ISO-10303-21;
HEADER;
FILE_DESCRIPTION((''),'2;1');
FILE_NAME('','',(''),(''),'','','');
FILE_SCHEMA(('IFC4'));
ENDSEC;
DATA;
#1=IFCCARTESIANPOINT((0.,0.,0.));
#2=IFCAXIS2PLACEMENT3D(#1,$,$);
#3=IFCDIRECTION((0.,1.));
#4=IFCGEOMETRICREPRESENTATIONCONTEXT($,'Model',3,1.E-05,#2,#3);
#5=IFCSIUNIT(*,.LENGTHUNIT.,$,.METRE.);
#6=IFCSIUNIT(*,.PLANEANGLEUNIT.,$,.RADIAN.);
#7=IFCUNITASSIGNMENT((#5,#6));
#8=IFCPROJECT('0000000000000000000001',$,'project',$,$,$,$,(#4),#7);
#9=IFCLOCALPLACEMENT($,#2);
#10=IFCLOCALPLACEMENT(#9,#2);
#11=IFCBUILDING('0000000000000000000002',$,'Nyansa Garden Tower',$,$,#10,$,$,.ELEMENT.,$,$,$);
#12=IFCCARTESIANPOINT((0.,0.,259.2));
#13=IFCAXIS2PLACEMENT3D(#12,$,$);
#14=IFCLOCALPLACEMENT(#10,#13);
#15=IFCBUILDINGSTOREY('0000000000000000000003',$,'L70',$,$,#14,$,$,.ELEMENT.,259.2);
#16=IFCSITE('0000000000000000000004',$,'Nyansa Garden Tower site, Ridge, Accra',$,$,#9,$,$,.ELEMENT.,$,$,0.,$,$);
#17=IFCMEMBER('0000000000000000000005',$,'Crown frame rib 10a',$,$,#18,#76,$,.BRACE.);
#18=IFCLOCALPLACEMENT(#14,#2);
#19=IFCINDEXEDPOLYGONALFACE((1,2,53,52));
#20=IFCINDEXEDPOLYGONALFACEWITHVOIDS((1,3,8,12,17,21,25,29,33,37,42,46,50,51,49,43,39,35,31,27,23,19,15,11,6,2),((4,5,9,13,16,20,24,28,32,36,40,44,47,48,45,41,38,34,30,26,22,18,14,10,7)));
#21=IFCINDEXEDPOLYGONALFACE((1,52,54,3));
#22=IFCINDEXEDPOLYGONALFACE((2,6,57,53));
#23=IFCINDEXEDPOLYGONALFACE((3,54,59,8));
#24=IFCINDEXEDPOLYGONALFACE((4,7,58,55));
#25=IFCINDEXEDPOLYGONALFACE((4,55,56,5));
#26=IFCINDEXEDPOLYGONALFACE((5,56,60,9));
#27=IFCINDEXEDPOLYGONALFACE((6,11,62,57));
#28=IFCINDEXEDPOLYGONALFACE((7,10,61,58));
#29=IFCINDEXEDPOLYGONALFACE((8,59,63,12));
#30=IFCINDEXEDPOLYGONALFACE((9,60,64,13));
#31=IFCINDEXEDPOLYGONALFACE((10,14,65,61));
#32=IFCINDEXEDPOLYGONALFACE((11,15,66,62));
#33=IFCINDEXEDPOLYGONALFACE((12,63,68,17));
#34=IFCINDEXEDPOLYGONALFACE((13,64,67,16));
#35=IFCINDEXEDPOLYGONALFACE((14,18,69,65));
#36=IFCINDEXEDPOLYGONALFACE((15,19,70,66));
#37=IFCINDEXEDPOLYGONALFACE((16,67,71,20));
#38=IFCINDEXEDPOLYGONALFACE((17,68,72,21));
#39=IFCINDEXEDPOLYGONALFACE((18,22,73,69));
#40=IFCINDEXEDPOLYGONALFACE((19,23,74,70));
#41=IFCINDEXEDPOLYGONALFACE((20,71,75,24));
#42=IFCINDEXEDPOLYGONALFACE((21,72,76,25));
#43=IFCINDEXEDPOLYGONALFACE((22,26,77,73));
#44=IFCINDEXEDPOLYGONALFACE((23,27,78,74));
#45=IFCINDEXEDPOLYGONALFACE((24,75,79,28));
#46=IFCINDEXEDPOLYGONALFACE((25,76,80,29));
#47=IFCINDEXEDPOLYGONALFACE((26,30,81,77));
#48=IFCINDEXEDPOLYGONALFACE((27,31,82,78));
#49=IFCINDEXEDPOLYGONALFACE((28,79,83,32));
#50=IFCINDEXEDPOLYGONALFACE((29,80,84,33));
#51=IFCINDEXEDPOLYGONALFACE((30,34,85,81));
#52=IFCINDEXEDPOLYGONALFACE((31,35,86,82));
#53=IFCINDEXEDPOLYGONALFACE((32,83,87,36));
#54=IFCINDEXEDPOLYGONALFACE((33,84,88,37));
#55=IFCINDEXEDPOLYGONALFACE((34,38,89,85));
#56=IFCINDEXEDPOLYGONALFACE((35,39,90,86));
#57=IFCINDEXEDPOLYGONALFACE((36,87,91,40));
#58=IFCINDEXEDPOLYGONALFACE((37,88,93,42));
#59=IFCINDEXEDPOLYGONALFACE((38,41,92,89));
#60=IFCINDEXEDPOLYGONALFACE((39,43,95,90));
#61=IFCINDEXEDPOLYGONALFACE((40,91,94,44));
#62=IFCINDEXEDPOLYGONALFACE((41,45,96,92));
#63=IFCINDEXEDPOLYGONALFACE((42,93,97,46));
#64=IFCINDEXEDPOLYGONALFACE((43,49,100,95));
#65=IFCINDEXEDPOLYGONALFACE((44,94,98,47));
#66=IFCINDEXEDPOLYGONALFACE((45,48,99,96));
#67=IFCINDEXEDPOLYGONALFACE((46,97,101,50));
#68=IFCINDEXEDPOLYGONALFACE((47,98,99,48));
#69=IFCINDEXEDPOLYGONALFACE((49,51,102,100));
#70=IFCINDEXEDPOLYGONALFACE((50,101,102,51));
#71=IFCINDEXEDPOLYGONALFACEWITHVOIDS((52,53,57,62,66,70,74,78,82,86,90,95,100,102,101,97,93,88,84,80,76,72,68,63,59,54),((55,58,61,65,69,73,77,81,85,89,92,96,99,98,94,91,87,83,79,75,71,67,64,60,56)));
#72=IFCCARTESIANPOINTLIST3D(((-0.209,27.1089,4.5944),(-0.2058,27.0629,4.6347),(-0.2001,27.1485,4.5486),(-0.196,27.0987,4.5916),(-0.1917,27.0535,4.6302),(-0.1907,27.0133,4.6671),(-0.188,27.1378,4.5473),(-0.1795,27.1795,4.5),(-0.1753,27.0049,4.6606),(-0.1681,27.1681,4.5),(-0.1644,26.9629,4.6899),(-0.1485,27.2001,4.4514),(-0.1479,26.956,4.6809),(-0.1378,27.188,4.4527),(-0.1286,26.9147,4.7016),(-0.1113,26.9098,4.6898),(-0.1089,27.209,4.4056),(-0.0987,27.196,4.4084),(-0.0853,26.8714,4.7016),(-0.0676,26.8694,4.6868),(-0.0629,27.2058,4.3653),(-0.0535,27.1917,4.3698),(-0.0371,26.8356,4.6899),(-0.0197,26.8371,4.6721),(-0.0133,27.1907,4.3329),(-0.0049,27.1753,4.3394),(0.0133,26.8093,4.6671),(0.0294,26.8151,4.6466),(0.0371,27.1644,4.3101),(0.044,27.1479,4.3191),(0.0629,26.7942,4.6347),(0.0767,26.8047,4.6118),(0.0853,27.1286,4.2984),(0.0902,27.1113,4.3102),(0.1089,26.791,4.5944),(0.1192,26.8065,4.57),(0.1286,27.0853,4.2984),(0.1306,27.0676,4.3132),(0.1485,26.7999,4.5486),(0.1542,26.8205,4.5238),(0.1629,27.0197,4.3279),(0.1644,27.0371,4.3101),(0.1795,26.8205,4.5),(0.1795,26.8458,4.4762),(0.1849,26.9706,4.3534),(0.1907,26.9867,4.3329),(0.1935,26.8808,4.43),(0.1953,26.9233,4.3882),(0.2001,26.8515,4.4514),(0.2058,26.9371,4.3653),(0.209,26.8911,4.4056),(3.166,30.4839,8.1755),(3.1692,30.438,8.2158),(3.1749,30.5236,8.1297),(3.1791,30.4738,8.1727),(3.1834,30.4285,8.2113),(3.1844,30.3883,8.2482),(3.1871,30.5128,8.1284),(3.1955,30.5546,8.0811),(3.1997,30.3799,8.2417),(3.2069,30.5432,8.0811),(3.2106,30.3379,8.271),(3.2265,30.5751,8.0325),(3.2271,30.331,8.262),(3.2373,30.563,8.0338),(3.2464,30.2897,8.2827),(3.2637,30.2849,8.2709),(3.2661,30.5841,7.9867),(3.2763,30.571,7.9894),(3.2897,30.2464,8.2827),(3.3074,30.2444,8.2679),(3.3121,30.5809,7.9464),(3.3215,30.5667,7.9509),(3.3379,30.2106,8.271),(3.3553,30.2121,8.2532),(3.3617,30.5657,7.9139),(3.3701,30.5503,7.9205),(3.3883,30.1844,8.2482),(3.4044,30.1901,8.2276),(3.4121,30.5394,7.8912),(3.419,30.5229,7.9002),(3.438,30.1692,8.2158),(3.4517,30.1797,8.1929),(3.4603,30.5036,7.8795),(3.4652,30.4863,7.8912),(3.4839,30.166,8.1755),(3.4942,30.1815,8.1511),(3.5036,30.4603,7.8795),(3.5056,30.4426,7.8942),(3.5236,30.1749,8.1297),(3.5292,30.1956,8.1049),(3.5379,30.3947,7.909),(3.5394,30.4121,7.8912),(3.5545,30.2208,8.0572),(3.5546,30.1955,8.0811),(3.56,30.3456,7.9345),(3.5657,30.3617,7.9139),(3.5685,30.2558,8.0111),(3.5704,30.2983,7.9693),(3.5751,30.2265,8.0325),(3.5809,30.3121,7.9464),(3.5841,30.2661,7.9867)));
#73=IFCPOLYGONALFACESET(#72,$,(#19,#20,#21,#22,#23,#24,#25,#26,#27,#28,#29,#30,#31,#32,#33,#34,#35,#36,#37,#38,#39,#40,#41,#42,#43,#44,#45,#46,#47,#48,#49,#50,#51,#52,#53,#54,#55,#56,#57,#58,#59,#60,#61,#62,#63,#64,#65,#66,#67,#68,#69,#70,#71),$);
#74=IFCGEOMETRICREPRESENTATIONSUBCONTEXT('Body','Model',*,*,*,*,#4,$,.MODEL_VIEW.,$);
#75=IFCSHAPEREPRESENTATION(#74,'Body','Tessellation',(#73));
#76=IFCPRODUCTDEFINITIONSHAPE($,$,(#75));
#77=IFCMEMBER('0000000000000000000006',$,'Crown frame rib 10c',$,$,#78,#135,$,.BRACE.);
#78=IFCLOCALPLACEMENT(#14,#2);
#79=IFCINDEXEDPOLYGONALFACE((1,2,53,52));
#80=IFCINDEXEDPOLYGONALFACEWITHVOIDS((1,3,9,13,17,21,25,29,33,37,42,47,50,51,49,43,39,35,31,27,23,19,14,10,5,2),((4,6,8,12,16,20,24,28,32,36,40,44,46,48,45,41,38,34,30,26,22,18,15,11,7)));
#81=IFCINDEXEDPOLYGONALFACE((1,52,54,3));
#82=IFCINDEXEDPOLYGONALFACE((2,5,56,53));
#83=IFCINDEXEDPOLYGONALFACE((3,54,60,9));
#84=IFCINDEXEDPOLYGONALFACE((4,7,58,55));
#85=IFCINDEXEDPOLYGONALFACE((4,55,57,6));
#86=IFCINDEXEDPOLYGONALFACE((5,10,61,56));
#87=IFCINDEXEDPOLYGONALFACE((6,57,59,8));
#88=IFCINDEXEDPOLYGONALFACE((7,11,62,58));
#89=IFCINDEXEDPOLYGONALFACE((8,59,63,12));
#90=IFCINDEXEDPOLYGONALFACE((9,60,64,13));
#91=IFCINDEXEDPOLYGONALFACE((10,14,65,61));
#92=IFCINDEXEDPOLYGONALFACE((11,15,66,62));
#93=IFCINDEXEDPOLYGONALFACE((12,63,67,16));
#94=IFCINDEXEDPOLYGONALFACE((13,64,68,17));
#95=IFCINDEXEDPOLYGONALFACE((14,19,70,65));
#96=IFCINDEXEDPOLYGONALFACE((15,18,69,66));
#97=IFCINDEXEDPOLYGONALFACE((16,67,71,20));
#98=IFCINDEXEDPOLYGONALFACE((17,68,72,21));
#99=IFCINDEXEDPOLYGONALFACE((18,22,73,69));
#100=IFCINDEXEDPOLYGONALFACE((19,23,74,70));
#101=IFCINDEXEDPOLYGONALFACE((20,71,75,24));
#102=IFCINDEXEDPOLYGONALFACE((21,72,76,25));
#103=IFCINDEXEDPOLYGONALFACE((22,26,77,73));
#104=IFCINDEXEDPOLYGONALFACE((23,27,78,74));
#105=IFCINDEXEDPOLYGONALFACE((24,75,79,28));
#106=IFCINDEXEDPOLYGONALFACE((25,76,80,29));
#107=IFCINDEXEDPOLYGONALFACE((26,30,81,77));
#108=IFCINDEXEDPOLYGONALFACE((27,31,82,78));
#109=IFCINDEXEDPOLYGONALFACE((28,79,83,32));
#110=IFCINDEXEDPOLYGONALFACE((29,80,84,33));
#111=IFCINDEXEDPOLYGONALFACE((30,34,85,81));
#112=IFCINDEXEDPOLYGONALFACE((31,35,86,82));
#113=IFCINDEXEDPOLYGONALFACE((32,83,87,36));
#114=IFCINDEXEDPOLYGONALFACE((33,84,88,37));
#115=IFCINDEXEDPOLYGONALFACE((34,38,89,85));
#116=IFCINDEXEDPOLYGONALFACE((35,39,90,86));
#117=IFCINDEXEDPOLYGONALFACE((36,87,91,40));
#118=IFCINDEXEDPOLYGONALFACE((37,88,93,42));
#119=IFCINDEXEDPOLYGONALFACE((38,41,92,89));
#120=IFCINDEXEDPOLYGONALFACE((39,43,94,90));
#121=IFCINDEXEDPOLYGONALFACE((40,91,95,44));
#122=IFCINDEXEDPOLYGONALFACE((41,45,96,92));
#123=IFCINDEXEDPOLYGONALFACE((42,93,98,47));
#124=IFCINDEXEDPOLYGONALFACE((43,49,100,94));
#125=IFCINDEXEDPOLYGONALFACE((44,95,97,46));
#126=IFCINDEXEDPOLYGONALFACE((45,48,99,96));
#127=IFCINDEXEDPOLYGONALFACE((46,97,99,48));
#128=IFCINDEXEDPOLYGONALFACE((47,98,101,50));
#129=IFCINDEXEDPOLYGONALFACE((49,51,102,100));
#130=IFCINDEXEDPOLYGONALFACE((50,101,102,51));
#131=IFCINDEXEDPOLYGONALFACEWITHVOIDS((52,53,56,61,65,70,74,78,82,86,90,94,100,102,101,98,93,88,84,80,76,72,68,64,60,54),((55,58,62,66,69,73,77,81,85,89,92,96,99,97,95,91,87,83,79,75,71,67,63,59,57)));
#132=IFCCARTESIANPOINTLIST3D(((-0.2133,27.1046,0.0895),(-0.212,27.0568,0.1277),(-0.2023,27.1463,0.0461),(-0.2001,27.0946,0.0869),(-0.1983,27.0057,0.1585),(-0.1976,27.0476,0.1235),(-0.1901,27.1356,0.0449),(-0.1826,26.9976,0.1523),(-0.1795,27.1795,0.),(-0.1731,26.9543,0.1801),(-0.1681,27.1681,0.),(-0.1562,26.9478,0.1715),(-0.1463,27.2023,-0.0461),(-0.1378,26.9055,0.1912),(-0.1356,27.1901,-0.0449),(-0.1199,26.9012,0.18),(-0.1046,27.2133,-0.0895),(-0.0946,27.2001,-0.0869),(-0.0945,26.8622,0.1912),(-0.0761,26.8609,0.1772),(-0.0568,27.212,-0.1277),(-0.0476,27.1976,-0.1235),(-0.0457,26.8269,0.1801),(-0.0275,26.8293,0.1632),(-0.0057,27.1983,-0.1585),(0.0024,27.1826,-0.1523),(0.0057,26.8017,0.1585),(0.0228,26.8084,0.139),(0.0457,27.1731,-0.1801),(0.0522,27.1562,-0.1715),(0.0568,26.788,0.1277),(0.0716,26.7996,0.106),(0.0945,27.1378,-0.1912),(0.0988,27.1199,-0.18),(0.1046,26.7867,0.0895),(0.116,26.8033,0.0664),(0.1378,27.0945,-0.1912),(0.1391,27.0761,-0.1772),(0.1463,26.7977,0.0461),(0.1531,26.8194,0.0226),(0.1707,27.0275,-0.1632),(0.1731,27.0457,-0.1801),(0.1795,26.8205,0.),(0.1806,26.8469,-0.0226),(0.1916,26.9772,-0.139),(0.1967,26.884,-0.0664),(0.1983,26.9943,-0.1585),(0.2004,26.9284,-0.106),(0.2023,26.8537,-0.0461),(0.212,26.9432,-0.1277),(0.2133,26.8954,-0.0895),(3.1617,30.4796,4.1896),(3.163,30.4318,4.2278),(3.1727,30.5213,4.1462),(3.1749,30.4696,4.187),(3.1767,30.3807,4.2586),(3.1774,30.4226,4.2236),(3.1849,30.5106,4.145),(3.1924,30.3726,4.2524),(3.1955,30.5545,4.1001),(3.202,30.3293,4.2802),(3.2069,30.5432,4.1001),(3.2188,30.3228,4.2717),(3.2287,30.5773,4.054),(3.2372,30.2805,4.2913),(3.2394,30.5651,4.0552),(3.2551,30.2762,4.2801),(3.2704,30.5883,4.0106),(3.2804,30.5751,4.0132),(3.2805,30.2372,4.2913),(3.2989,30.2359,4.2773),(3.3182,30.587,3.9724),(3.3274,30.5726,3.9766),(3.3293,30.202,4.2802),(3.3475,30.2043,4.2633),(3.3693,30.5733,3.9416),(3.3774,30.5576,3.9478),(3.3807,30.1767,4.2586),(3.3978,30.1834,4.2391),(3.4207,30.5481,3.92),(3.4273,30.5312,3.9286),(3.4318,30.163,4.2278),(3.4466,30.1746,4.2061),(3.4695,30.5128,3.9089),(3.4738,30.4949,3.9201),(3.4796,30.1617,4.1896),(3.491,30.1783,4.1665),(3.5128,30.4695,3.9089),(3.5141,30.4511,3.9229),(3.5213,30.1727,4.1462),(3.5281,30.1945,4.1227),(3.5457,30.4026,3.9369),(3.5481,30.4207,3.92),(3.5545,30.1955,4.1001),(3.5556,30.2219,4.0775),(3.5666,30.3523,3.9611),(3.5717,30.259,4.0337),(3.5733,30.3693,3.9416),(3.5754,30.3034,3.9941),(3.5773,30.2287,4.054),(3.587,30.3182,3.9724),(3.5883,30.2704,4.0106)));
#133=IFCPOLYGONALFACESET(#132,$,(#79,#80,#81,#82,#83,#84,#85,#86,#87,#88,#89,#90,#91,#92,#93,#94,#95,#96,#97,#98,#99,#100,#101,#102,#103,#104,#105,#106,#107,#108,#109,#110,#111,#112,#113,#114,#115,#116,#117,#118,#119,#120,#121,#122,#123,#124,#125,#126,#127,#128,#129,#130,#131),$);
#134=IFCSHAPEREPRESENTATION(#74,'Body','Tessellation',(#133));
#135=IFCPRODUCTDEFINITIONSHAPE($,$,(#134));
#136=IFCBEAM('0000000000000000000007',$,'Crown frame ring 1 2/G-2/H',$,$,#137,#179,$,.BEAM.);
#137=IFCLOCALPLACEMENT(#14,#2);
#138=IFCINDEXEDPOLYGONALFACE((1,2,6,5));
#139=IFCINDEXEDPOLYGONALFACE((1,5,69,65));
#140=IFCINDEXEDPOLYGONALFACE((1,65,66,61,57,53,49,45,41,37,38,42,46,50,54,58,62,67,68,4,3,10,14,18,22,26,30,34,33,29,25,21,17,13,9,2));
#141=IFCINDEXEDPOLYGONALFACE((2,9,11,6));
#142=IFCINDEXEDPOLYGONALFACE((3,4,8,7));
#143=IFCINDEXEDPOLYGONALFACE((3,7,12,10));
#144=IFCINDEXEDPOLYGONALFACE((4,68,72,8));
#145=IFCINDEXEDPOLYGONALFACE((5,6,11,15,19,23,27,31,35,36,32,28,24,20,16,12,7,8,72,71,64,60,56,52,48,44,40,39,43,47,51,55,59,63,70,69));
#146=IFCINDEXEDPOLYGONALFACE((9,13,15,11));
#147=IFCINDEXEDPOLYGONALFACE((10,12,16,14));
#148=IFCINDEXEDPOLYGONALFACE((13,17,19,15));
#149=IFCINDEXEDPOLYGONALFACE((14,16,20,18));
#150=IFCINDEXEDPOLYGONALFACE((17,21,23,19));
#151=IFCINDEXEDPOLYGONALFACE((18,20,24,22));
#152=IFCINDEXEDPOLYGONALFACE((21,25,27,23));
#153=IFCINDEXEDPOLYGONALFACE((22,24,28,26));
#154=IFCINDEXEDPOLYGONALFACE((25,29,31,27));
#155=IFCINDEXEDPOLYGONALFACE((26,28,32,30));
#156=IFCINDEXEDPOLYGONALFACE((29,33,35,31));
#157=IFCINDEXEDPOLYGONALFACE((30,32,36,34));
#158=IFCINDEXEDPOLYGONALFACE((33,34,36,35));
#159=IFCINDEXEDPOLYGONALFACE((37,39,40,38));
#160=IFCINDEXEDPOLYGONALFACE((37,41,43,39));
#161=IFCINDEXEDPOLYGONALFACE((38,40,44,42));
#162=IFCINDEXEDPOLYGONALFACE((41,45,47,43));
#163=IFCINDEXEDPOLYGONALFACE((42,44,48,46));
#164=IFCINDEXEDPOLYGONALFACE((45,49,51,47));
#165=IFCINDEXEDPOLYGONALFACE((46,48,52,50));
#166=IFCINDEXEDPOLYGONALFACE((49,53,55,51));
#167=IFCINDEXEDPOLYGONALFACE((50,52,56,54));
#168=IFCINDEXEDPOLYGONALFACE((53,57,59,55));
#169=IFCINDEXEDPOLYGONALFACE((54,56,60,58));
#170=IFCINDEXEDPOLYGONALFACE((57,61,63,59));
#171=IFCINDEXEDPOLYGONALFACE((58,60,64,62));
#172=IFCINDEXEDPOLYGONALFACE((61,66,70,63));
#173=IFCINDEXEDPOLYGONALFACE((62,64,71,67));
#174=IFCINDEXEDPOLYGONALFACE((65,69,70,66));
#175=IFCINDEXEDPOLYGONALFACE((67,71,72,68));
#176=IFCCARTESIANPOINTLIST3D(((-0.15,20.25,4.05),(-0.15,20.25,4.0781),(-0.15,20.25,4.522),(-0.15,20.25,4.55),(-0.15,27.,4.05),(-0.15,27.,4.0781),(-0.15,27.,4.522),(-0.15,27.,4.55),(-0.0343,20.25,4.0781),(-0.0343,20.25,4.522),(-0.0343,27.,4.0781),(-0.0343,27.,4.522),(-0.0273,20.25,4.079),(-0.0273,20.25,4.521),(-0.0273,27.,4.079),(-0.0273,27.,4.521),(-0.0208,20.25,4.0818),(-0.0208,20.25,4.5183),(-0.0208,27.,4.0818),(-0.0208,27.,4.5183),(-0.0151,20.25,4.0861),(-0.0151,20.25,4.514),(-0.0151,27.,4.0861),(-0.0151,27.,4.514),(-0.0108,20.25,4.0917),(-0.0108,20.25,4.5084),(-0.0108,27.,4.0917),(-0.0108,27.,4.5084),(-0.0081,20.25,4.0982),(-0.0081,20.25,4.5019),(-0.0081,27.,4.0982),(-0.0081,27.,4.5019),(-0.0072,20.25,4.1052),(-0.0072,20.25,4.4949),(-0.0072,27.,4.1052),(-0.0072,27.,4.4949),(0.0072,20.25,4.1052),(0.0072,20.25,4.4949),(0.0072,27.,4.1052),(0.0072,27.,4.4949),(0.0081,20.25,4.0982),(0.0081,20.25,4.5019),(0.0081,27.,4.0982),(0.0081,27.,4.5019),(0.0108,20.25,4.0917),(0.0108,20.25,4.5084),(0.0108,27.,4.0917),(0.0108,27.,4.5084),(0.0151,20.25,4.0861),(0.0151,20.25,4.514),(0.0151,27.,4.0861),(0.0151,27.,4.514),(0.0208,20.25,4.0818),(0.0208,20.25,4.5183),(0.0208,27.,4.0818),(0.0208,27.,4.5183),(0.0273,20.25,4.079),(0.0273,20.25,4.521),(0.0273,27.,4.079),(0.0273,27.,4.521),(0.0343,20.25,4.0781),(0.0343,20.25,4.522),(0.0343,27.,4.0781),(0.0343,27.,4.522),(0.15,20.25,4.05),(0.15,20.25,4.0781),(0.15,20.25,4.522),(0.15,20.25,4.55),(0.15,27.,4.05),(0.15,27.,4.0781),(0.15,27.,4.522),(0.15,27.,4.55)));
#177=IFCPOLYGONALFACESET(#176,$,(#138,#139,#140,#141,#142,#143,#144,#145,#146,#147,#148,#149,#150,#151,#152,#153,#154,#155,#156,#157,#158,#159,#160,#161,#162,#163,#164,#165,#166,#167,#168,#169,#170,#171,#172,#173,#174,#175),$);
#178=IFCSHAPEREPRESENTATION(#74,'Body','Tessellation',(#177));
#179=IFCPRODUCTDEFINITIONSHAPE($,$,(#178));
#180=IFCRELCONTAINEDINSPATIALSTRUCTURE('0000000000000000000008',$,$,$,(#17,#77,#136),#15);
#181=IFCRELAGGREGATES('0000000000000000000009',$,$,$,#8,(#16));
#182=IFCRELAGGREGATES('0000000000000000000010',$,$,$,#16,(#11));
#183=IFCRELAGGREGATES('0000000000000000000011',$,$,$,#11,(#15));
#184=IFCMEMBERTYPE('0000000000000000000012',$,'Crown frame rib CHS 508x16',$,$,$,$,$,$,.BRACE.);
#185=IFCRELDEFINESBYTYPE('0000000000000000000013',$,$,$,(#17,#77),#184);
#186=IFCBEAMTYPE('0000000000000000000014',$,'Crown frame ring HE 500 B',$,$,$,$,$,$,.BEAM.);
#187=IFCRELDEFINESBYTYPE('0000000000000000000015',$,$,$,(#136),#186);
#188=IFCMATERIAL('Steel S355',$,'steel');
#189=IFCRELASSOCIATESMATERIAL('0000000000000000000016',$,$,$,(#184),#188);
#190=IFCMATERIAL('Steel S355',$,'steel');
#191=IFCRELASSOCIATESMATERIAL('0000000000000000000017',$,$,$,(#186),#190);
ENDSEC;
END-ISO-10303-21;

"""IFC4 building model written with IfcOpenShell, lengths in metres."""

from ifc_helpers import new_model, si_unit, direction, frame, origin, origin_2d, place, context, subcontext, project, spatial, hollow_circle, i_section, extrude, material, material_profile, profile_set, type_object, element, save


model = new_model("IFC4")

# Units and contexts
model_context = context("Model", 3, precision=1e-05, world=origin(), true_north=direction((0.0, 1.0)))
body_context = subcontext(model_context, "Body", "Model", "MODEL_VIEW")
ifc_project = project(units=[si_unit("LENGTHUNIT", "METRE"), si_unit("PLANEANGLEUNIT", "RADIAN")], contexts=[model_context])

# Site, building, storey
site_placement = place(None, origin())
site = spatial("IfcSite", under=ifc_project, at=site_placement, Name="Nyansa Garden Tower site, Ridge, Accra", CompositionType="ELEMENT", RefElevation=0.0)
building_placement = place(site_placement, origin())
building = spatial("IfcBuilding", under=site, at=building_placement, Name="Nyansa Garden Tower", CompositionType="ELEMENT")
storey_placement = place(building_placement, frame((0.0, 0.0, 259.2)))
storey = spatial("IfcBuildingStorey", under=building, at=storey_placement, Name="L70", CompositionType="ELEMENT", Elevation=259.2)

# Members
ifc_material_1 = material(Name="Steel S355", Category="steel")
ifc_material_profile_1 = material_profile(ifc_material_1, hollow_circle(Radius=0.2539, WallThickness=0.0161, at=origin_2d()), Name="CHS 508x16")
ifc_profile_set_1 = profile_set([ifc_material_profile_1], Name="Steel S355")
member_type = type_object("IfcMemberType", Name="Crown frame rib CHS 508x16", PredefinedType="BRACE", material=ifc_profile_set_1)
member_1_placement = place(storey_placement, frame((0.0, 27.0, 4.5), z_axis=(0.56561, 0.56561, 0.600142), x_axis=(-0.707107, 0.707107, 0.0)))
element("IfcMember", 1, at=member_1_placement, inside=storey, type_object=member_type, Name="Crown frame rib 10a", PredefinedType="BRACE", context=body_context, shape_type="SweptSolid", body=[
    extrude(hollow_circle(Radius=0.2539, WallThickness=0.0161, at=origin_2d()), origin(), (0.0, 0.0, 1.0), 5.967),
])
member_2_placement = place(storey_placement, frame((0.0, 27.0, 0.0), z_axis=(0.536377, 0.536377, 0.651614), x_axis=(-0.707107, 0.707107, 0.0)))
element("IfcMember", 2, at=member_2_placement, inside=storey, type_object=member_type, Name="Crown frame rib 10c", PredefinedType="BRACE", context=body_context, shape_type="SweptSolid", body=[
    extrude(hollow_circle(Radius=0.2539, WallThickness=0.0161, at=origin_2d()), origin(), (0.0, 0.0, 1.0), 6.2922),
])

# Beam
ifc_material_2 = material(Name="Steel S355", Category="steel")
ifc_material_profile_2 = material_profile(ifc_material_2, i_section(OverallWidth=0.3, OverallDepth=0.5, WebThickness=0.0144, FlangeThickness=0.0281, FilletRadius=0.0271, at=origin_2d()), Name="HE 500 B")
ifc_profile_set_2 = profile_set([ifc_material_profile_2], Name="Steel S355")
beam_type_1 = type_object("IfcBeamType", Name="Crown frame ring HE 500 B", PredefinedType="BEAM", material=ifc_profile_set_2)
beam_1_placement = place(storey_placement, frame((0.0, 20.25, 4.3), z_axis=(0.0, 1.0, 0.0), x_axis=(-1.0, 0.0, 0.0)))
element("IfcBeam", 3, at=beam_1_placement, inside=storey, type_object=beam_type_1, Name="Crown frame ring 1 2/G-2/H", PredefinedType="BEAM", context=body_context, shape_type="SweptSolid", body=[
    extrude(i_section(OverallWidth=0.3, OverallDepth=0.5, WebThickness=0.0144, FlangeThickness=0.0281, FilletRadius=0.0271, at=origin_2d()), origin(), (0.0, 0.0, 1.0), 6.75),
])

save(model, "model.ifc")
